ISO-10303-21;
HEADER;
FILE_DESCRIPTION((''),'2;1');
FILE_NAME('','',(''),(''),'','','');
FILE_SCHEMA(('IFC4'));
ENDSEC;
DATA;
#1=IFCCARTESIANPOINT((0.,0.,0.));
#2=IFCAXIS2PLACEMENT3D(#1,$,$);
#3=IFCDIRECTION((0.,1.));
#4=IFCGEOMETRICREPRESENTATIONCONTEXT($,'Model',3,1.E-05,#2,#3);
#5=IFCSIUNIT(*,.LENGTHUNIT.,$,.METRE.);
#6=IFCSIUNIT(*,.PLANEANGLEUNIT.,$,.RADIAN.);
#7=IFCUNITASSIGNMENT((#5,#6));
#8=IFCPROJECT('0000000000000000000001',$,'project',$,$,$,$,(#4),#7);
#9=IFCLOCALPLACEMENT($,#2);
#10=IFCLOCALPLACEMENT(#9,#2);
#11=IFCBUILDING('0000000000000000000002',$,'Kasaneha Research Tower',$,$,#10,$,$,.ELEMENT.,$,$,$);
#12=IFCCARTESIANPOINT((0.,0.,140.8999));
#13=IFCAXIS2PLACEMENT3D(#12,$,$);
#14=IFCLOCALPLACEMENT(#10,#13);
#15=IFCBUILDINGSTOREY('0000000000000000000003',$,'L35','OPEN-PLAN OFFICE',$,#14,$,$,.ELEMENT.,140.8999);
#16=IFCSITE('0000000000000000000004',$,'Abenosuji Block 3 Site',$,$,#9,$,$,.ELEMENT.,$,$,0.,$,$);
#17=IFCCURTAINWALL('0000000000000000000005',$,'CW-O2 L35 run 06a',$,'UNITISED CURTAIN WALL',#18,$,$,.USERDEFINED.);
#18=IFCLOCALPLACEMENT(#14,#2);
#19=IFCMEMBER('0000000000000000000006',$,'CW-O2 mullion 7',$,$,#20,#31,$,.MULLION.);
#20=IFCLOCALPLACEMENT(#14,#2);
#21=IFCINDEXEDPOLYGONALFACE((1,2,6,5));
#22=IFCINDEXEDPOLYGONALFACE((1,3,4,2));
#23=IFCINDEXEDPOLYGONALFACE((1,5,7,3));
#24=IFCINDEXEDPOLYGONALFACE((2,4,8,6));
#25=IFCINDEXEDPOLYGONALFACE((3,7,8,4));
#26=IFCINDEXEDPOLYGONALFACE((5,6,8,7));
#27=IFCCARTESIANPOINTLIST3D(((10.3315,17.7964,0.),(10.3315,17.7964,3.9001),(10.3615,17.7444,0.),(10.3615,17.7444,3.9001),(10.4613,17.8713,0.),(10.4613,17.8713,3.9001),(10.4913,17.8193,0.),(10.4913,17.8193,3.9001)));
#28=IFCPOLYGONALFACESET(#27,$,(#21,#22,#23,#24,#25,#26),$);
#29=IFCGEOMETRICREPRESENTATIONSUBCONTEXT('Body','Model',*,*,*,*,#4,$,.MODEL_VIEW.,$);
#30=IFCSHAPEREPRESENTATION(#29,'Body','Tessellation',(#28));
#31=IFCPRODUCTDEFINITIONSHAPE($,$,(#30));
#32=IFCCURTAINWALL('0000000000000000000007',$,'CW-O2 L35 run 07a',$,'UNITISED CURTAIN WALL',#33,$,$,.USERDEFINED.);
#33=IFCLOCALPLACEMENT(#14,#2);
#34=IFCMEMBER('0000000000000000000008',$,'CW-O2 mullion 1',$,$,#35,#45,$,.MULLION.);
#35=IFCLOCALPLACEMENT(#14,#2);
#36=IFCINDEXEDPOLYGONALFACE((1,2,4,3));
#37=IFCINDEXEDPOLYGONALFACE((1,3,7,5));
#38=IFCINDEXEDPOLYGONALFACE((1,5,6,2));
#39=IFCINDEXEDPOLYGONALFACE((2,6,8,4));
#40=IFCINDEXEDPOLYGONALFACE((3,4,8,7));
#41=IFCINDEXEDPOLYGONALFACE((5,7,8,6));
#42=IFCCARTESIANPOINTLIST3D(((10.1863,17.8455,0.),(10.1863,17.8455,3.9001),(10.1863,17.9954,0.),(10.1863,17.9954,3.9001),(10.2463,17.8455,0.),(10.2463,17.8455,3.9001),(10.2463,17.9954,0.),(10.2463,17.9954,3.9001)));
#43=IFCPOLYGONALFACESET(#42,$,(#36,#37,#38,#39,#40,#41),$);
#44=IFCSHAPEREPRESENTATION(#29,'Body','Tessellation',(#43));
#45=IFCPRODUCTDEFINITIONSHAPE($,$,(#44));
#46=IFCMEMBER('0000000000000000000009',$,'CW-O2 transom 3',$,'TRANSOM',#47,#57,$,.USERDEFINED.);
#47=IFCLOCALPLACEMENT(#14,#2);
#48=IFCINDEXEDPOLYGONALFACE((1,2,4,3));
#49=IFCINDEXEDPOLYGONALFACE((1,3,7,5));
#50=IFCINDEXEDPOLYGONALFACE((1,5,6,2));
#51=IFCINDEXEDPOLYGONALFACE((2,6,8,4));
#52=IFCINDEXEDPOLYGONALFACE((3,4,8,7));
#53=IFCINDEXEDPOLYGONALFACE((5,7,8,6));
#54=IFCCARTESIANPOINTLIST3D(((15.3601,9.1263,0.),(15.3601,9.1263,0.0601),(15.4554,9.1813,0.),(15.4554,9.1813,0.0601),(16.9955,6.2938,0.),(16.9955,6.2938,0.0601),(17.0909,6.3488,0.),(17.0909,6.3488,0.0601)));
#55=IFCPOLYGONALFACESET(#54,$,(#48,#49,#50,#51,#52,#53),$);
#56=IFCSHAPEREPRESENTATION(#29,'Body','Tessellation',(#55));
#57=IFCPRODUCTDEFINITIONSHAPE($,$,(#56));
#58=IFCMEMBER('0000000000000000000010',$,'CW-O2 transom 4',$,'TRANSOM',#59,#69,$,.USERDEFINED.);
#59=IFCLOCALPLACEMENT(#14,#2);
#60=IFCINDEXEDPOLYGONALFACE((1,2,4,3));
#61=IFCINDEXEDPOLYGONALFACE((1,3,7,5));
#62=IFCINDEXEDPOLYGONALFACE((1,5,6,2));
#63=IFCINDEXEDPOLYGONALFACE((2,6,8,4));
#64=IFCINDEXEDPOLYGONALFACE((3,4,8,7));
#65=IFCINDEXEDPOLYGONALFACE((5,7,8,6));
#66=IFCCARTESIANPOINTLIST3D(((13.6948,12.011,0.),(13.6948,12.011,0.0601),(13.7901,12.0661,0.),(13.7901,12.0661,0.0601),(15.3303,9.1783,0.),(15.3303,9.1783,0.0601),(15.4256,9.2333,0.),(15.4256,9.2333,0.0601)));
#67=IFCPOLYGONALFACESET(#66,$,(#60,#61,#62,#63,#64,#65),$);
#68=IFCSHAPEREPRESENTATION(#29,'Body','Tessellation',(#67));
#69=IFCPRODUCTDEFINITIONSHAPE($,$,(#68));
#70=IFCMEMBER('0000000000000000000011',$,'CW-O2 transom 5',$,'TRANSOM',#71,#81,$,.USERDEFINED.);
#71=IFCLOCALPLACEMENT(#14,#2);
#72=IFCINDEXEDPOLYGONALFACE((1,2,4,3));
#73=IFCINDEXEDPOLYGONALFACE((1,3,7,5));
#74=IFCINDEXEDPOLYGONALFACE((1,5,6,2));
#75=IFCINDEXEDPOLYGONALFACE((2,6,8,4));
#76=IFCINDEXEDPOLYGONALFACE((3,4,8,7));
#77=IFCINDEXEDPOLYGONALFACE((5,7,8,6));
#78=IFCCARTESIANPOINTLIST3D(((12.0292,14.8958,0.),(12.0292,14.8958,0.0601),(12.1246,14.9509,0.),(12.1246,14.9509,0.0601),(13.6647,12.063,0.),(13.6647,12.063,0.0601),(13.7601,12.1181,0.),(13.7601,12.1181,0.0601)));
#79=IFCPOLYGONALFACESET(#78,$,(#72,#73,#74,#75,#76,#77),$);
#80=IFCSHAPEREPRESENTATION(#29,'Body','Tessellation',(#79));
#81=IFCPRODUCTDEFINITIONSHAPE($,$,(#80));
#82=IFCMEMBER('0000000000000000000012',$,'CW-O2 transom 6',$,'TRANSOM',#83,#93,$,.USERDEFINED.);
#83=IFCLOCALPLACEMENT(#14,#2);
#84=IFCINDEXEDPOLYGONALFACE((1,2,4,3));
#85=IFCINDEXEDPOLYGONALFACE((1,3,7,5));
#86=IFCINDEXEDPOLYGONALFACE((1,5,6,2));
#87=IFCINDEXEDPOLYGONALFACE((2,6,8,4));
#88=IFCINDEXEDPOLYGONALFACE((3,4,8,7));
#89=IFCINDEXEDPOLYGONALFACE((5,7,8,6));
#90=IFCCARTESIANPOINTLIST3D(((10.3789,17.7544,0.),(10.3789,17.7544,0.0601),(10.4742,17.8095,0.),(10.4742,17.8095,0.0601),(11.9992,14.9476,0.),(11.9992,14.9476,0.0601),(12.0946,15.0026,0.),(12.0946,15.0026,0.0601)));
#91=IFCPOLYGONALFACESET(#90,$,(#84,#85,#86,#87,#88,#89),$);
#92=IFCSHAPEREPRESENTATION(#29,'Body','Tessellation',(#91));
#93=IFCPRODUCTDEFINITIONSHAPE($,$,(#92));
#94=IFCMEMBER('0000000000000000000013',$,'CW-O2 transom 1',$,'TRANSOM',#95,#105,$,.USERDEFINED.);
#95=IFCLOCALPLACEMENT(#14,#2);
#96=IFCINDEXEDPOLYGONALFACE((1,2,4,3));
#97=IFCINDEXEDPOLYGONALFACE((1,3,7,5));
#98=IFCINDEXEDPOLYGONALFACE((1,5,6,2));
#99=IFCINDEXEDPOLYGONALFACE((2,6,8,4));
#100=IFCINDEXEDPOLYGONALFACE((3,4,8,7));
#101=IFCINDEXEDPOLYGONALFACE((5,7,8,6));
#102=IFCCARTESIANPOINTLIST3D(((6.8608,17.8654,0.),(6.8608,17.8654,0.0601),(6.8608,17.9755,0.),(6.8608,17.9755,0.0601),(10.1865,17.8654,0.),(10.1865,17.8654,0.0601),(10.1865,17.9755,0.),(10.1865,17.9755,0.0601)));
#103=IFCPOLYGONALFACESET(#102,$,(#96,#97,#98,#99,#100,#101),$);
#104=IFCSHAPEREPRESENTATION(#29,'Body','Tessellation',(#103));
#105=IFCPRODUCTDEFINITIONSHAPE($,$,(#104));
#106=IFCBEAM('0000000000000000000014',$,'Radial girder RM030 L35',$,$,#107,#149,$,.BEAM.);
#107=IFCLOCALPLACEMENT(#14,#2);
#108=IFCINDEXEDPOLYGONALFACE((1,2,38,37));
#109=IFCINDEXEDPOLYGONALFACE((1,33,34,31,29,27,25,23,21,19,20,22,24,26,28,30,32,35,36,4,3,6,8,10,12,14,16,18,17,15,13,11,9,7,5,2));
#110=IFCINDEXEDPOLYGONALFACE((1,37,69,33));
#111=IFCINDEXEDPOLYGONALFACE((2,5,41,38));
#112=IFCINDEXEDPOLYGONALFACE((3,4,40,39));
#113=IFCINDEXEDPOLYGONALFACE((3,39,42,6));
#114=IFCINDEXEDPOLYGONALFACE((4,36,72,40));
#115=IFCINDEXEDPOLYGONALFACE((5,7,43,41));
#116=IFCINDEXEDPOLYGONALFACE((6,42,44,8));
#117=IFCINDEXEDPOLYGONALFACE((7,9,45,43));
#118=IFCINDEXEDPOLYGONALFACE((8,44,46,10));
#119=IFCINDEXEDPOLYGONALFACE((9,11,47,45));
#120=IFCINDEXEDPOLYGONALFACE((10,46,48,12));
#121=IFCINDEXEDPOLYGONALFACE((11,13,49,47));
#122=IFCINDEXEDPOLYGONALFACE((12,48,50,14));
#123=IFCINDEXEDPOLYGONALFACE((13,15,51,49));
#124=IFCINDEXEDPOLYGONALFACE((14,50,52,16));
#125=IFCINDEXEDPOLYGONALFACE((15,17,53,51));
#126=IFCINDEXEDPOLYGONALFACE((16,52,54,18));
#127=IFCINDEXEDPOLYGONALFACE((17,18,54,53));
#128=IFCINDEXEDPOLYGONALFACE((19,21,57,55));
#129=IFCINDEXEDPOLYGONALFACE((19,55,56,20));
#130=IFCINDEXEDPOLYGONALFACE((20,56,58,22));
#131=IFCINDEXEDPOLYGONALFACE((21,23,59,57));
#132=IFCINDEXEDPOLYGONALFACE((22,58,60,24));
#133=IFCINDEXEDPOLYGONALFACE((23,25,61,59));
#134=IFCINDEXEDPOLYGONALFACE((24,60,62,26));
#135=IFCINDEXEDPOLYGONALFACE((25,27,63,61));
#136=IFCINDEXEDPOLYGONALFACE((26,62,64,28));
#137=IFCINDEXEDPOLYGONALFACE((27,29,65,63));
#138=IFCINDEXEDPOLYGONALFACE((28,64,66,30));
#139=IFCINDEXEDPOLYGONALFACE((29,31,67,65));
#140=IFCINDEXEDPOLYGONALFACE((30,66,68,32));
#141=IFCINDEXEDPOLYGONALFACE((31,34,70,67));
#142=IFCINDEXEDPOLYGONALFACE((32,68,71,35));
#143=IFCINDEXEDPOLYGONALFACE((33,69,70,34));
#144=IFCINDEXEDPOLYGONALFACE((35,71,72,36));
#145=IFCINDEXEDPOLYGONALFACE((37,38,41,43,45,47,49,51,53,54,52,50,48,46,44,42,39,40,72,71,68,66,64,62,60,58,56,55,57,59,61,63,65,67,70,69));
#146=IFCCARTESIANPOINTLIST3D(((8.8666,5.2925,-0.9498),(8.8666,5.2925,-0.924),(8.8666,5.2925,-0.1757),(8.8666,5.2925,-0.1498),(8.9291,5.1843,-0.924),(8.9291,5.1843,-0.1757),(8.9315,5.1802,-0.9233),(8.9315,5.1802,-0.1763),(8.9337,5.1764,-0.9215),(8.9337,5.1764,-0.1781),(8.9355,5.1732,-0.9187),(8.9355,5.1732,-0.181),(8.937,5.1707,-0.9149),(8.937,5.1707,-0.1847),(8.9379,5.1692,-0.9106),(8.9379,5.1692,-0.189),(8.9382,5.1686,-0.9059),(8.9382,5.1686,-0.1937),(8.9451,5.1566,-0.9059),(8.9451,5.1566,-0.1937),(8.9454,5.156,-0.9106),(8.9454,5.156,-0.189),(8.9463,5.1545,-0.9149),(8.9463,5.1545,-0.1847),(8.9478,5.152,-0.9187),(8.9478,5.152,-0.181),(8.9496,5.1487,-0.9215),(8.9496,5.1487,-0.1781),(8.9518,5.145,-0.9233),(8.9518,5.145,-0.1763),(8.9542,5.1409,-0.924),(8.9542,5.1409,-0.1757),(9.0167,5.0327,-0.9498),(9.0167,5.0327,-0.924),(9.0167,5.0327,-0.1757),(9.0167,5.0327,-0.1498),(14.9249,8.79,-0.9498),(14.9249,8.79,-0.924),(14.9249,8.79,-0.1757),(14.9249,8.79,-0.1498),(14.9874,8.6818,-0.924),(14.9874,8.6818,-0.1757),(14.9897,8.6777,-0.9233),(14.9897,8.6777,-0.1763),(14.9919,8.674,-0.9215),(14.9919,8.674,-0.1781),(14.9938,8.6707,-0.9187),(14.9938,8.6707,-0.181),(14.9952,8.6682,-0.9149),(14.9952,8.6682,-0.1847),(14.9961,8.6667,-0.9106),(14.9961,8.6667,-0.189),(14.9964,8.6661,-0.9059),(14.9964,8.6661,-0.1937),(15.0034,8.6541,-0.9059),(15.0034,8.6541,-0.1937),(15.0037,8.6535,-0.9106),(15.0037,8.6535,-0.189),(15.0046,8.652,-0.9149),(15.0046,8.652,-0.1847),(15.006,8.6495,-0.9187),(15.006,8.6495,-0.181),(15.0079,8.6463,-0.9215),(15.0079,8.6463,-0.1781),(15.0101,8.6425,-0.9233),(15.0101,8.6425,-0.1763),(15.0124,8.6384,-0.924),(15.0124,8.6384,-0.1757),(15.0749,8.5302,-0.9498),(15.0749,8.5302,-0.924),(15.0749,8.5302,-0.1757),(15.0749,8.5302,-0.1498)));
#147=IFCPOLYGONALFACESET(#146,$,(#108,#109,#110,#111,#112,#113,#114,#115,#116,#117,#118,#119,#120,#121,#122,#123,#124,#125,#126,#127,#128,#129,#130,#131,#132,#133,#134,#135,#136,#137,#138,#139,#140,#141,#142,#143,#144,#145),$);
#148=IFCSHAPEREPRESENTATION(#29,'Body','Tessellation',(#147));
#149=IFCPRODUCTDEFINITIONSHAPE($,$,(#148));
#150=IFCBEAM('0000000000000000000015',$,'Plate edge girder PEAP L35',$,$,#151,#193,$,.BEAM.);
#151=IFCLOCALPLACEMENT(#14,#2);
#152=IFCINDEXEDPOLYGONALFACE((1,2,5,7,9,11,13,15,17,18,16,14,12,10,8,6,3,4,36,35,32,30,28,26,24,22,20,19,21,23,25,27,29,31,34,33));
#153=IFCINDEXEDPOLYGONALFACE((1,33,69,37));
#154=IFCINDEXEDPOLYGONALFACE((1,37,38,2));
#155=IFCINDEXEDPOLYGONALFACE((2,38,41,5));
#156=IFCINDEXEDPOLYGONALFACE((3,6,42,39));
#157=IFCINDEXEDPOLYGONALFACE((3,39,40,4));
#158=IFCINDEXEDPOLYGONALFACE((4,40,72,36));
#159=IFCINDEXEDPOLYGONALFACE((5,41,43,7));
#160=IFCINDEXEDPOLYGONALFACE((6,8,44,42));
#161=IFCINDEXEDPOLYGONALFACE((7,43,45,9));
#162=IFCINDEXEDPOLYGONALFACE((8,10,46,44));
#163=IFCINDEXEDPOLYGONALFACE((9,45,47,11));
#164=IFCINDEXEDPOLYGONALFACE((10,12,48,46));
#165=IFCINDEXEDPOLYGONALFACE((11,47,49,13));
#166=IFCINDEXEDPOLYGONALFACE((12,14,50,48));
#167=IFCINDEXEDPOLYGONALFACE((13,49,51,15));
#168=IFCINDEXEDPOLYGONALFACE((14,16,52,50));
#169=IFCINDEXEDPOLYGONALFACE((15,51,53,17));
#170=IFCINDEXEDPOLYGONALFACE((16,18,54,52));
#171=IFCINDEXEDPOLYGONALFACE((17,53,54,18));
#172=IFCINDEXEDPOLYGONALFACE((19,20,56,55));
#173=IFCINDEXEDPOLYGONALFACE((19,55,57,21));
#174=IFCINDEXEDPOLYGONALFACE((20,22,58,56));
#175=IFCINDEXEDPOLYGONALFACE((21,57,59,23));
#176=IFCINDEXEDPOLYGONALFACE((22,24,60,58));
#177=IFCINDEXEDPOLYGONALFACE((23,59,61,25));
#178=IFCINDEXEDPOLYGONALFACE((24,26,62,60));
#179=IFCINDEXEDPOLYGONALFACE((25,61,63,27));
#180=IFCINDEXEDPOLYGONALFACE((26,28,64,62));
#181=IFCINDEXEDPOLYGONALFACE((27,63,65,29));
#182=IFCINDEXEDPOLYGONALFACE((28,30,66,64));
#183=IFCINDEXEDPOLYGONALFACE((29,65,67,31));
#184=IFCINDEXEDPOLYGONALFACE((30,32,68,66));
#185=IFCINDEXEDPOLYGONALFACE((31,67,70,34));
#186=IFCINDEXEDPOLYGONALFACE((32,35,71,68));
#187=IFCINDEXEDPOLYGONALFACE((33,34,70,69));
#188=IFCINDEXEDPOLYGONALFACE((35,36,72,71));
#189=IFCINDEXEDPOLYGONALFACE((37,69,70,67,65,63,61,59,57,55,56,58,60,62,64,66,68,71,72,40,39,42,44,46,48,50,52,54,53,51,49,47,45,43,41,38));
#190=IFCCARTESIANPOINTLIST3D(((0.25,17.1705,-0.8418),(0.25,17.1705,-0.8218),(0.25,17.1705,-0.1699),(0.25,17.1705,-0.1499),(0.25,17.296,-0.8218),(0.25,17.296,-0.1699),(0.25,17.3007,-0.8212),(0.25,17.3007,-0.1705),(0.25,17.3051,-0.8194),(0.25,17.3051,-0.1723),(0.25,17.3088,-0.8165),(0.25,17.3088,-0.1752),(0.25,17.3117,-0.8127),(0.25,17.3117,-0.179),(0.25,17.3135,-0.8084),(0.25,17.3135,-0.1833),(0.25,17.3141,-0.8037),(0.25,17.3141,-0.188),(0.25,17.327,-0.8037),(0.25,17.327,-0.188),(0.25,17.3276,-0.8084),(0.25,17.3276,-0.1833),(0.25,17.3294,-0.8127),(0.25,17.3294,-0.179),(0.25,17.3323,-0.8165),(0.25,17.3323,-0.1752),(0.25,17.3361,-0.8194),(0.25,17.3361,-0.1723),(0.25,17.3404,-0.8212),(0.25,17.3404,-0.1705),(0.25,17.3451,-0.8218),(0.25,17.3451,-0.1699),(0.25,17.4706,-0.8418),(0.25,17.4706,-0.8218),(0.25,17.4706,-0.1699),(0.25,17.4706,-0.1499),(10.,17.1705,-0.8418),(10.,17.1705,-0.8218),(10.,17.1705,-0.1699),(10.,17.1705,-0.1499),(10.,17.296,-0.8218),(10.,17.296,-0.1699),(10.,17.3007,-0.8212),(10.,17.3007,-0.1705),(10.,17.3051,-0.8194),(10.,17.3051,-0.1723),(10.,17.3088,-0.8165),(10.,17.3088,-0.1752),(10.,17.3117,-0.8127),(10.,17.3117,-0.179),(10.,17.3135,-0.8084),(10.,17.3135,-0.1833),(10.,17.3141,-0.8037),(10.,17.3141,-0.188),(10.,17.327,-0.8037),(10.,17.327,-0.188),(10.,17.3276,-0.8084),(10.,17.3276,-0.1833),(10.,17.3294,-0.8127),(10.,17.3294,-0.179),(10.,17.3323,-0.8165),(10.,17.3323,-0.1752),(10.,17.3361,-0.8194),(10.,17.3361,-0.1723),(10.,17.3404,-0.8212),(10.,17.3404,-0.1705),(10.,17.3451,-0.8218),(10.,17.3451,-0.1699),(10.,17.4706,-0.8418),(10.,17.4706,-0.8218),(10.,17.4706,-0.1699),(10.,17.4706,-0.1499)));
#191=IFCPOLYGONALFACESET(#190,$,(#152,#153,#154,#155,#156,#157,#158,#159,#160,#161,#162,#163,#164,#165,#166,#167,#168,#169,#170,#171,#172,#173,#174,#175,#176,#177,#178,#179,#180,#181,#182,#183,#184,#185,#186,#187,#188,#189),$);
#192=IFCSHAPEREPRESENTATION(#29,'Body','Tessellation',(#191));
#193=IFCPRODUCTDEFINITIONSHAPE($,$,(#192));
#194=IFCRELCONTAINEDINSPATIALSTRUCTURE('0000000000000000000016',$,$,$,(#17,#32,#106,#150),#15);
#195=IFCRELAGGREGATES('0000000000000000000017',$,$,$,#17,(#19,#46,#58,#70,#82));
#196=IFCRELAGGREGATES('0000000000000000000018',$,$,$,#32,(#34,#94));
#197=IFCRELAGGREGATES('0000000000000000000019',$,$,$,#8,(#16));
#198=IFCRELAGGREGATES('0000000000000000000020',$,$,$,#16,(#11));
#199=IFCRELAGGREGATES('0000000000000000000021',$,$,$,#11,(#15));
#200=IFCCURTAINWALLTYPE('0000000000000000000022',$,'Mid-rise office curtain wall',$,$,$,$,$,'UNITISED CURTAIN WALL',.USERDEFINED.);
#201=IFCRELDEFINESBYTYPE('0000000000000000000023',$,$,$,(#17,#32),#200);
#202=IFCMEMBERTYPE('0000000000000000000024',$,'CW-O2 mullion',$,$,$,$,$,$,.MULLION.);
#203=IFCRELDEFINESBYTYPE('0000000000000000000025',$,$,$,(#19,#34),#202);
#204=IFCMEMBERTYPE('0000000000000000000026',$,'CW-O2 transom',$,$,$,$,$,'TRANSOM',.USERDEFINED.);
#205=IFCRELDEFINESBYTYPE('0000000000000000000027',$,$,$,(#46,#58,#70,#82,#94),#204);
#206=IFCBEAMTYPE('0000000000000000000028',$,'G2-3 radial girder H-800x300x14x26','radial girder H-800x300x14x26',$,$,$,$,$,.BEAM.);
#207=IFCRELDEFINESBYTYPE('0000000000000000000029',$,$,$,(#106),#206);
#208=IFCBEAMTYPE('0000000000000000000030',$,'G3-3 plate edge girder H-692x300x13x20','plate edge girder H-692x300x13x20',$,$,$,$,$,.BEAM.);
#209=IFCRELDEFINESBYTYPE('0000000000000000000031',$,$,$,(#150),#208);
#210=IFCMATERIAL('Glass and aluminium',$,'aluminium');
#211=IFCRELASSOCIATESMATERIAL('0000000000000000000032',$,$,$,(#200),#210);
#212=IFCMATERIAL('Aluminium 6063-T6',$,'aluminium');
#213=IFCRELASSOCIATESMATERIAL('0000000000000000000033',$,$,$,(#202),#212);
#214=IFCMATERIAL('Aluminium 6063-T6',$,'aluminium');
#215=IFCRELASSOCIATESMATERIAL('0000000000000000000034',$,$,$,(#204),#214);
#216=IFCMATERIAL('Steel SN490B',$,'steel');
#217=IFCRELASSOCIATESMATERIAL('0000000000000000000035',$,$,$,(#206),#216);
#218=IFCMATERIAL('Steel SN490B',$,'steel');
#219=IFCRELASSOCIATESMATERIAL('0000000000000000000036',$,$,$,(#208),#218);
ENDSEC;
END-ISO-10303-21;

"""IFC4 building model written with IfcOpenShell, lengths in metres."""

from ifc_helpers import new_model, si_unit, direction, frame, origin, origin_2d, place, context, subcontext, project, spatial, rectangle, i_section, extrude, material, material_profile, profile_set, type_object, element, aggregate, save


model = new_model("IFC4")

# Units and contexts
model_context = context("Model", 3, precision=1e-05, world=origin(), true_north=direction((0.0, 1.0)))
body_context = subcontext(model_context, "Body", "Model", "MODEL_VIEW")
ifc_project = project(units=[si_unit("LENGTHUNIT", "METRE"), si_unit("PLANEANGLEUNIT", "RADIAN")], contexts=[model_context])

# Site, building, storey
site_placement = place(None, origin())
site = spatial("IfcSite", under=ifc_project, at=site_placement, Name="Abenosuji Block 3 Site", CompositionType="ELEMENT", RefElevation=0.0)
building_placement = place(site_placement, origin())
building = spatial("IfcBuilding", under=site, at=building_placement, Name="Kasaneha Research Tower", CompositionType="ELEMENT")
storey_placement = place(building_placement, frame((0.0, 0.0, 140.8999)))
storey = spatial("IfcBuildingStorey", under=building, at=storey_placement, Name="L35", Description="OPEN-PLAN OFFICE", CompositionType="ELEMENT", Elevation=140.8999)

# Curtain wall, member
ifc_material_1 = material(Name="Glass and aluminium", Category="aluminium")
curtain_wall_type = type_object("IfcCurtainWallType", Name="Mid-rise office curtain wall", ElementType="UNITISED CURTAIN WALL", PredefinedType="USERDEFINED", material=ifc_material_1)
curtain_wall_1_placement = place(storey_placement, origin())
curtain_wall_1 = element("IfcCurtainWall", 1, at=curtain_wall_1_placement, inside=storey, type_object=curtain_wall_type, Name="CW-O2 L35 run 06a", ObjectType="UNITISED CURTAIN WALL", PredefinedType="USERDEFINED")
ifc_material_2 = material(Name="Aluminium 6063-T6", Category="aluminium")
ifc_material_profile_1 = material_profile(ifc_material_2, rectangle(XDim=0.0601, YDim=0.1499, at=origin_2d()), Name="CW-O2 mullion 60x150")
ifc_profile_set_1 = profile_set([ifc_material_profile_1], Name="Aluminium 6063-T6")
member_type_1 = type_object("IfcMemberType", Name="CW-O2 mullion", PredefinedType="MULLION", material=ifc_profile_set_1)
member_1_placement = place(storey_placement, frame((10.4114, 17.8079, 0.0), z_axis=(0.0, 0.0, 1.0), x_axis=(-0.5, 0.866025, 0.0)))
member_1 = element("IfcMember", 2, at=member_1_placement, type_object=member_type_1, Name="CW-O2 mullion 7", PredefinedType="MULLION", context=body_context, shape_type="SweptSolid", body=[
    extrude(rectangle(XDim=0.0601, YDim=0.1499, at=origin_2d()), origin(), (0.0, 0.0, 1.0), 3.9001),
])

# Curtain wall, member
curtain_wall_2_placement = place(storey_placement, origin())
curtain_wall_2 = element("IfcCurtainWall", 3, at=curtain_wall_2_placement, inside=storey, type_object=curtain_wall_type, Name="CW-O2 L35 run 07a", ObjectType="UNITISED CURTAIN WALL", PredefinedType="USERDEFINED")
member_2_placement = place(storey_placement, frame((10.2163, 17.9204, 0.0), z_axis=(0.0, 0.0, 1.0), x_axis=(-1.0, 0.0, 0.0)))
member_2 = element("IfcMember", 4, at=member_2_placement, type_object=member_type_1, Name="CW-O2 mullion 1", PredefinedType="MULLION", context=body_context, shape_type="SweptSolid", body=[
    extrude(rectangle(XDim=0.0601, YDim=0.1499, at=origin_2d()), origin(), (0.0, 0.0, 1.0), 3.9001),
])

# Members
ifc_material_3 = material(Name="Aluminium 6063-T6", Category="aluminium")
ifc_material_profile_2 = material_profile(ifc_material_3, rectangle(XDim=0.1101, YDim=0.0601, at=origin_2d()), Name="CW-O2 transom 110x60")
ifc_profile_set_2 = profile_set([ifc_material_profile_2], Name="Aluminium 6063-T6")
member_type_2 = type_object("IfcMemberType", Name="CW-O2 transom", ElementType="TRANSOM", PredefinedType="USERDEFINED", material=ifc_profile_set_2)
member_3_placement = place(storey_placement, frame((17.0432, 6.3213, 0.03), z_axis=(-0.500033, 0.866007, 0.0), x_axis=(-0.866007, -0.500033, 0.0)))
member_3 = element("IfcMember", 5, at=member_3_placement, type_object=member_type_2, Name="CW-O2 transom 3", ObjectType="TRANSOM", PredefinedType="USERDEFINED", context=body_context, shape_type="SweptSolid", body=[
    extrude(rectangle(XDim=0.1101, YDim=0.0601, at=origin_2d()), origin(), (0.0, 0.0, 1.0), 3.2708),
])
member_4_placement = place(storey_placement, frame((15.3779, 9.2058, 0.03), z_axis=(-0.5, 0.866025, 0.0), x_axis=(-0.866025, -0.5, 0.0)))
member_4 = element("IfcMember", 6, at=member_4_placement, type_object=member_type_2, Name="CW-O2 transom 4", ObjectType="TRANSOM", PredefinedType="USERDEFINED", context=body_context, shape_type="SweptSolid", body=[
    extrude(rectangle(XDim=0.1101, YDim=0.0601, at=origin_2d()), origin(), (0.0, 0.0, 1.0), 3.271),
])
member_5_placement = place(storey_placement, frame((13.7124, 12.0906, 0.03), z_axis=(-0.5, 0.866025, 0.0), x_axis=(-0.866025, -0.5, 0.0)))
member_5 = element("IfcMember", 7, at=member_5_placement, type_object=member_type_2, Name="CW-O2 transom 5", ObjectType="TRANSOM", PredefinedType="USERDEFINED", context=body_context, shape_type="SweptSolid", body=[
    extrude(rectangle(XDim=0.1101, YDim=0.0601, at=origin_2d()), origin(), (0.0, 0.0, 1.0), 3.271),
])
member_6_placement = place(storey_placement, frame((12.0469, 14.9751, 0.03), z_axis=(-0.499955, 0.866051, 0.0), x_axis=(-0.866051, -0.499955, 0.0)))
member_6 = element("IfcMember", 8, at=member_6_placement, type_object=member_type_2, Name="CW-O2 transom 6", ObjectType="TRANSOM", PredefinedType="USERDEFINED", context=body_context, shape_type="SweptSolid", body=[
    extrude(rectangle(XDim=0.1101, YDim=0.0601, at=origin_2d()), origin(), (0.0, 0.0, 1.0), 3.241),
])
member_7_placement = place(storey_placement, frame((10.1865, 17.9204, 0.03), z_axis=(-1.0, 0.0, 0.0), x_axis=(0.0, -1.0, 0.0)))
member_7 = element("IfcMember", 9, at=member_7_placement, type_object=member_type_2, Name="CW-O2 transom 1", ObjectType="TRANSOM", PredefinedType="USERDEFINED", context=body_context, shape_type="SweptSolid", body=[
    extrude(rectangle(XDim=0.1101, YDim=0.0601, at=origin_2d()), origin(), (0.0, 0.0, 1.0), 3.3257),
])

# Beams
ifc_material_4 = material(Name="Steel SN490B", Category="steel")
ifc_material_profile_3 = material_profile(ifc_material_4, i_section(OverallWidth=0.3, OverallDepth=0.8, WebThickness=0.0139, FlangeThickness=0.0259, FilletRadius=0.0181, at=origin_2d()), Name="H-800x300x14x26")
ifc_profile_set_3 = profile_set([ifc_material_profile_3], Name="Steel SN490B")
beam_type_1 = type_object("IfcBeamType", Name="G2-3 radial girder H-800x300x14x26", Description="radial girder H-800x300x14x26", PredefinedType="BEAM", material=ifc_profile_set_3)
beam_1_placement = place(storey_placement, frame((8.9417, 5.1626, -0.5498), z_axis=(0.86604, 0.499975, 0.0), x_axis=(-0.499975, 0.86604, 0.0)))
element("IfcBeam", 10, at=beam_1_placement, inside=storey, type_object=beam_type_1, Name="Radial girder RM030 L35", PredefinedType="BEAM", context=body_context, shape_type="SweptSolid", body=[
    extrude(i_section(OverallWidth=0.3, OverallDepth=0.8, WebThickness=0.0139, FlangeThickness=0.0259, FilletRadius=0.0181, at=origin_2d()), origin(), (0.0, 0.0, 1.0), 6.9954),
])
ifc_material_5 = material(Name="Steel SN490B", Category="steel")
ifc_material_profile_4 = material_profile(ifc_material_5, i_section(OverallWidth=0.3, OverallDepth=0.6919, WebThickness=0.0129, FlangeThickness=0.02, FilletRadius=0.0181, at=origin_2d()), Name="H-692x300x13x20")
ifc_profile_set_4 = profile_set([ifc_material_profile_4], Name="Steel SN490B")
beam_type_2 = type_object("IfcBeamType", Name="G3-3 plate edge girder H-692x300x13x20", Description="plate edge girder H-692x300x13x20", PredefinedType="BEAM", material=ifc_profile_set_4)
beam_2_placement = place(storey_placement, frame((10.0, 17.3206, -0.4958), z_axis=(-1.0, 0.0, 0.0), x_axis=(0.0, -1.0, 0.0)))
element("IfcBeam", 11, at=beam_2_placement, inside=storey, type_object=beam_type_2, Name="Plate edge girder PEAP L35", PredefinedType="BEAM", context=body_context, shape_type="SweptSolid", body=[
    extrude(i_section(OverallWidth=0.3, OverallDepth=0.6919, WebThickness=0.0129, FlangeThickness=0.02, FilletRadius=0.0181, at=origin_2d()), origin(), (0.0, 0.0, 1.0), 9.75),
])

aggregate(curtain_wall_1, [member_1, member_3, member_4, member_5, member_6])
aggregate(curtain_wall_2, [member_2, member_7])

save(model, "model.ifc")
